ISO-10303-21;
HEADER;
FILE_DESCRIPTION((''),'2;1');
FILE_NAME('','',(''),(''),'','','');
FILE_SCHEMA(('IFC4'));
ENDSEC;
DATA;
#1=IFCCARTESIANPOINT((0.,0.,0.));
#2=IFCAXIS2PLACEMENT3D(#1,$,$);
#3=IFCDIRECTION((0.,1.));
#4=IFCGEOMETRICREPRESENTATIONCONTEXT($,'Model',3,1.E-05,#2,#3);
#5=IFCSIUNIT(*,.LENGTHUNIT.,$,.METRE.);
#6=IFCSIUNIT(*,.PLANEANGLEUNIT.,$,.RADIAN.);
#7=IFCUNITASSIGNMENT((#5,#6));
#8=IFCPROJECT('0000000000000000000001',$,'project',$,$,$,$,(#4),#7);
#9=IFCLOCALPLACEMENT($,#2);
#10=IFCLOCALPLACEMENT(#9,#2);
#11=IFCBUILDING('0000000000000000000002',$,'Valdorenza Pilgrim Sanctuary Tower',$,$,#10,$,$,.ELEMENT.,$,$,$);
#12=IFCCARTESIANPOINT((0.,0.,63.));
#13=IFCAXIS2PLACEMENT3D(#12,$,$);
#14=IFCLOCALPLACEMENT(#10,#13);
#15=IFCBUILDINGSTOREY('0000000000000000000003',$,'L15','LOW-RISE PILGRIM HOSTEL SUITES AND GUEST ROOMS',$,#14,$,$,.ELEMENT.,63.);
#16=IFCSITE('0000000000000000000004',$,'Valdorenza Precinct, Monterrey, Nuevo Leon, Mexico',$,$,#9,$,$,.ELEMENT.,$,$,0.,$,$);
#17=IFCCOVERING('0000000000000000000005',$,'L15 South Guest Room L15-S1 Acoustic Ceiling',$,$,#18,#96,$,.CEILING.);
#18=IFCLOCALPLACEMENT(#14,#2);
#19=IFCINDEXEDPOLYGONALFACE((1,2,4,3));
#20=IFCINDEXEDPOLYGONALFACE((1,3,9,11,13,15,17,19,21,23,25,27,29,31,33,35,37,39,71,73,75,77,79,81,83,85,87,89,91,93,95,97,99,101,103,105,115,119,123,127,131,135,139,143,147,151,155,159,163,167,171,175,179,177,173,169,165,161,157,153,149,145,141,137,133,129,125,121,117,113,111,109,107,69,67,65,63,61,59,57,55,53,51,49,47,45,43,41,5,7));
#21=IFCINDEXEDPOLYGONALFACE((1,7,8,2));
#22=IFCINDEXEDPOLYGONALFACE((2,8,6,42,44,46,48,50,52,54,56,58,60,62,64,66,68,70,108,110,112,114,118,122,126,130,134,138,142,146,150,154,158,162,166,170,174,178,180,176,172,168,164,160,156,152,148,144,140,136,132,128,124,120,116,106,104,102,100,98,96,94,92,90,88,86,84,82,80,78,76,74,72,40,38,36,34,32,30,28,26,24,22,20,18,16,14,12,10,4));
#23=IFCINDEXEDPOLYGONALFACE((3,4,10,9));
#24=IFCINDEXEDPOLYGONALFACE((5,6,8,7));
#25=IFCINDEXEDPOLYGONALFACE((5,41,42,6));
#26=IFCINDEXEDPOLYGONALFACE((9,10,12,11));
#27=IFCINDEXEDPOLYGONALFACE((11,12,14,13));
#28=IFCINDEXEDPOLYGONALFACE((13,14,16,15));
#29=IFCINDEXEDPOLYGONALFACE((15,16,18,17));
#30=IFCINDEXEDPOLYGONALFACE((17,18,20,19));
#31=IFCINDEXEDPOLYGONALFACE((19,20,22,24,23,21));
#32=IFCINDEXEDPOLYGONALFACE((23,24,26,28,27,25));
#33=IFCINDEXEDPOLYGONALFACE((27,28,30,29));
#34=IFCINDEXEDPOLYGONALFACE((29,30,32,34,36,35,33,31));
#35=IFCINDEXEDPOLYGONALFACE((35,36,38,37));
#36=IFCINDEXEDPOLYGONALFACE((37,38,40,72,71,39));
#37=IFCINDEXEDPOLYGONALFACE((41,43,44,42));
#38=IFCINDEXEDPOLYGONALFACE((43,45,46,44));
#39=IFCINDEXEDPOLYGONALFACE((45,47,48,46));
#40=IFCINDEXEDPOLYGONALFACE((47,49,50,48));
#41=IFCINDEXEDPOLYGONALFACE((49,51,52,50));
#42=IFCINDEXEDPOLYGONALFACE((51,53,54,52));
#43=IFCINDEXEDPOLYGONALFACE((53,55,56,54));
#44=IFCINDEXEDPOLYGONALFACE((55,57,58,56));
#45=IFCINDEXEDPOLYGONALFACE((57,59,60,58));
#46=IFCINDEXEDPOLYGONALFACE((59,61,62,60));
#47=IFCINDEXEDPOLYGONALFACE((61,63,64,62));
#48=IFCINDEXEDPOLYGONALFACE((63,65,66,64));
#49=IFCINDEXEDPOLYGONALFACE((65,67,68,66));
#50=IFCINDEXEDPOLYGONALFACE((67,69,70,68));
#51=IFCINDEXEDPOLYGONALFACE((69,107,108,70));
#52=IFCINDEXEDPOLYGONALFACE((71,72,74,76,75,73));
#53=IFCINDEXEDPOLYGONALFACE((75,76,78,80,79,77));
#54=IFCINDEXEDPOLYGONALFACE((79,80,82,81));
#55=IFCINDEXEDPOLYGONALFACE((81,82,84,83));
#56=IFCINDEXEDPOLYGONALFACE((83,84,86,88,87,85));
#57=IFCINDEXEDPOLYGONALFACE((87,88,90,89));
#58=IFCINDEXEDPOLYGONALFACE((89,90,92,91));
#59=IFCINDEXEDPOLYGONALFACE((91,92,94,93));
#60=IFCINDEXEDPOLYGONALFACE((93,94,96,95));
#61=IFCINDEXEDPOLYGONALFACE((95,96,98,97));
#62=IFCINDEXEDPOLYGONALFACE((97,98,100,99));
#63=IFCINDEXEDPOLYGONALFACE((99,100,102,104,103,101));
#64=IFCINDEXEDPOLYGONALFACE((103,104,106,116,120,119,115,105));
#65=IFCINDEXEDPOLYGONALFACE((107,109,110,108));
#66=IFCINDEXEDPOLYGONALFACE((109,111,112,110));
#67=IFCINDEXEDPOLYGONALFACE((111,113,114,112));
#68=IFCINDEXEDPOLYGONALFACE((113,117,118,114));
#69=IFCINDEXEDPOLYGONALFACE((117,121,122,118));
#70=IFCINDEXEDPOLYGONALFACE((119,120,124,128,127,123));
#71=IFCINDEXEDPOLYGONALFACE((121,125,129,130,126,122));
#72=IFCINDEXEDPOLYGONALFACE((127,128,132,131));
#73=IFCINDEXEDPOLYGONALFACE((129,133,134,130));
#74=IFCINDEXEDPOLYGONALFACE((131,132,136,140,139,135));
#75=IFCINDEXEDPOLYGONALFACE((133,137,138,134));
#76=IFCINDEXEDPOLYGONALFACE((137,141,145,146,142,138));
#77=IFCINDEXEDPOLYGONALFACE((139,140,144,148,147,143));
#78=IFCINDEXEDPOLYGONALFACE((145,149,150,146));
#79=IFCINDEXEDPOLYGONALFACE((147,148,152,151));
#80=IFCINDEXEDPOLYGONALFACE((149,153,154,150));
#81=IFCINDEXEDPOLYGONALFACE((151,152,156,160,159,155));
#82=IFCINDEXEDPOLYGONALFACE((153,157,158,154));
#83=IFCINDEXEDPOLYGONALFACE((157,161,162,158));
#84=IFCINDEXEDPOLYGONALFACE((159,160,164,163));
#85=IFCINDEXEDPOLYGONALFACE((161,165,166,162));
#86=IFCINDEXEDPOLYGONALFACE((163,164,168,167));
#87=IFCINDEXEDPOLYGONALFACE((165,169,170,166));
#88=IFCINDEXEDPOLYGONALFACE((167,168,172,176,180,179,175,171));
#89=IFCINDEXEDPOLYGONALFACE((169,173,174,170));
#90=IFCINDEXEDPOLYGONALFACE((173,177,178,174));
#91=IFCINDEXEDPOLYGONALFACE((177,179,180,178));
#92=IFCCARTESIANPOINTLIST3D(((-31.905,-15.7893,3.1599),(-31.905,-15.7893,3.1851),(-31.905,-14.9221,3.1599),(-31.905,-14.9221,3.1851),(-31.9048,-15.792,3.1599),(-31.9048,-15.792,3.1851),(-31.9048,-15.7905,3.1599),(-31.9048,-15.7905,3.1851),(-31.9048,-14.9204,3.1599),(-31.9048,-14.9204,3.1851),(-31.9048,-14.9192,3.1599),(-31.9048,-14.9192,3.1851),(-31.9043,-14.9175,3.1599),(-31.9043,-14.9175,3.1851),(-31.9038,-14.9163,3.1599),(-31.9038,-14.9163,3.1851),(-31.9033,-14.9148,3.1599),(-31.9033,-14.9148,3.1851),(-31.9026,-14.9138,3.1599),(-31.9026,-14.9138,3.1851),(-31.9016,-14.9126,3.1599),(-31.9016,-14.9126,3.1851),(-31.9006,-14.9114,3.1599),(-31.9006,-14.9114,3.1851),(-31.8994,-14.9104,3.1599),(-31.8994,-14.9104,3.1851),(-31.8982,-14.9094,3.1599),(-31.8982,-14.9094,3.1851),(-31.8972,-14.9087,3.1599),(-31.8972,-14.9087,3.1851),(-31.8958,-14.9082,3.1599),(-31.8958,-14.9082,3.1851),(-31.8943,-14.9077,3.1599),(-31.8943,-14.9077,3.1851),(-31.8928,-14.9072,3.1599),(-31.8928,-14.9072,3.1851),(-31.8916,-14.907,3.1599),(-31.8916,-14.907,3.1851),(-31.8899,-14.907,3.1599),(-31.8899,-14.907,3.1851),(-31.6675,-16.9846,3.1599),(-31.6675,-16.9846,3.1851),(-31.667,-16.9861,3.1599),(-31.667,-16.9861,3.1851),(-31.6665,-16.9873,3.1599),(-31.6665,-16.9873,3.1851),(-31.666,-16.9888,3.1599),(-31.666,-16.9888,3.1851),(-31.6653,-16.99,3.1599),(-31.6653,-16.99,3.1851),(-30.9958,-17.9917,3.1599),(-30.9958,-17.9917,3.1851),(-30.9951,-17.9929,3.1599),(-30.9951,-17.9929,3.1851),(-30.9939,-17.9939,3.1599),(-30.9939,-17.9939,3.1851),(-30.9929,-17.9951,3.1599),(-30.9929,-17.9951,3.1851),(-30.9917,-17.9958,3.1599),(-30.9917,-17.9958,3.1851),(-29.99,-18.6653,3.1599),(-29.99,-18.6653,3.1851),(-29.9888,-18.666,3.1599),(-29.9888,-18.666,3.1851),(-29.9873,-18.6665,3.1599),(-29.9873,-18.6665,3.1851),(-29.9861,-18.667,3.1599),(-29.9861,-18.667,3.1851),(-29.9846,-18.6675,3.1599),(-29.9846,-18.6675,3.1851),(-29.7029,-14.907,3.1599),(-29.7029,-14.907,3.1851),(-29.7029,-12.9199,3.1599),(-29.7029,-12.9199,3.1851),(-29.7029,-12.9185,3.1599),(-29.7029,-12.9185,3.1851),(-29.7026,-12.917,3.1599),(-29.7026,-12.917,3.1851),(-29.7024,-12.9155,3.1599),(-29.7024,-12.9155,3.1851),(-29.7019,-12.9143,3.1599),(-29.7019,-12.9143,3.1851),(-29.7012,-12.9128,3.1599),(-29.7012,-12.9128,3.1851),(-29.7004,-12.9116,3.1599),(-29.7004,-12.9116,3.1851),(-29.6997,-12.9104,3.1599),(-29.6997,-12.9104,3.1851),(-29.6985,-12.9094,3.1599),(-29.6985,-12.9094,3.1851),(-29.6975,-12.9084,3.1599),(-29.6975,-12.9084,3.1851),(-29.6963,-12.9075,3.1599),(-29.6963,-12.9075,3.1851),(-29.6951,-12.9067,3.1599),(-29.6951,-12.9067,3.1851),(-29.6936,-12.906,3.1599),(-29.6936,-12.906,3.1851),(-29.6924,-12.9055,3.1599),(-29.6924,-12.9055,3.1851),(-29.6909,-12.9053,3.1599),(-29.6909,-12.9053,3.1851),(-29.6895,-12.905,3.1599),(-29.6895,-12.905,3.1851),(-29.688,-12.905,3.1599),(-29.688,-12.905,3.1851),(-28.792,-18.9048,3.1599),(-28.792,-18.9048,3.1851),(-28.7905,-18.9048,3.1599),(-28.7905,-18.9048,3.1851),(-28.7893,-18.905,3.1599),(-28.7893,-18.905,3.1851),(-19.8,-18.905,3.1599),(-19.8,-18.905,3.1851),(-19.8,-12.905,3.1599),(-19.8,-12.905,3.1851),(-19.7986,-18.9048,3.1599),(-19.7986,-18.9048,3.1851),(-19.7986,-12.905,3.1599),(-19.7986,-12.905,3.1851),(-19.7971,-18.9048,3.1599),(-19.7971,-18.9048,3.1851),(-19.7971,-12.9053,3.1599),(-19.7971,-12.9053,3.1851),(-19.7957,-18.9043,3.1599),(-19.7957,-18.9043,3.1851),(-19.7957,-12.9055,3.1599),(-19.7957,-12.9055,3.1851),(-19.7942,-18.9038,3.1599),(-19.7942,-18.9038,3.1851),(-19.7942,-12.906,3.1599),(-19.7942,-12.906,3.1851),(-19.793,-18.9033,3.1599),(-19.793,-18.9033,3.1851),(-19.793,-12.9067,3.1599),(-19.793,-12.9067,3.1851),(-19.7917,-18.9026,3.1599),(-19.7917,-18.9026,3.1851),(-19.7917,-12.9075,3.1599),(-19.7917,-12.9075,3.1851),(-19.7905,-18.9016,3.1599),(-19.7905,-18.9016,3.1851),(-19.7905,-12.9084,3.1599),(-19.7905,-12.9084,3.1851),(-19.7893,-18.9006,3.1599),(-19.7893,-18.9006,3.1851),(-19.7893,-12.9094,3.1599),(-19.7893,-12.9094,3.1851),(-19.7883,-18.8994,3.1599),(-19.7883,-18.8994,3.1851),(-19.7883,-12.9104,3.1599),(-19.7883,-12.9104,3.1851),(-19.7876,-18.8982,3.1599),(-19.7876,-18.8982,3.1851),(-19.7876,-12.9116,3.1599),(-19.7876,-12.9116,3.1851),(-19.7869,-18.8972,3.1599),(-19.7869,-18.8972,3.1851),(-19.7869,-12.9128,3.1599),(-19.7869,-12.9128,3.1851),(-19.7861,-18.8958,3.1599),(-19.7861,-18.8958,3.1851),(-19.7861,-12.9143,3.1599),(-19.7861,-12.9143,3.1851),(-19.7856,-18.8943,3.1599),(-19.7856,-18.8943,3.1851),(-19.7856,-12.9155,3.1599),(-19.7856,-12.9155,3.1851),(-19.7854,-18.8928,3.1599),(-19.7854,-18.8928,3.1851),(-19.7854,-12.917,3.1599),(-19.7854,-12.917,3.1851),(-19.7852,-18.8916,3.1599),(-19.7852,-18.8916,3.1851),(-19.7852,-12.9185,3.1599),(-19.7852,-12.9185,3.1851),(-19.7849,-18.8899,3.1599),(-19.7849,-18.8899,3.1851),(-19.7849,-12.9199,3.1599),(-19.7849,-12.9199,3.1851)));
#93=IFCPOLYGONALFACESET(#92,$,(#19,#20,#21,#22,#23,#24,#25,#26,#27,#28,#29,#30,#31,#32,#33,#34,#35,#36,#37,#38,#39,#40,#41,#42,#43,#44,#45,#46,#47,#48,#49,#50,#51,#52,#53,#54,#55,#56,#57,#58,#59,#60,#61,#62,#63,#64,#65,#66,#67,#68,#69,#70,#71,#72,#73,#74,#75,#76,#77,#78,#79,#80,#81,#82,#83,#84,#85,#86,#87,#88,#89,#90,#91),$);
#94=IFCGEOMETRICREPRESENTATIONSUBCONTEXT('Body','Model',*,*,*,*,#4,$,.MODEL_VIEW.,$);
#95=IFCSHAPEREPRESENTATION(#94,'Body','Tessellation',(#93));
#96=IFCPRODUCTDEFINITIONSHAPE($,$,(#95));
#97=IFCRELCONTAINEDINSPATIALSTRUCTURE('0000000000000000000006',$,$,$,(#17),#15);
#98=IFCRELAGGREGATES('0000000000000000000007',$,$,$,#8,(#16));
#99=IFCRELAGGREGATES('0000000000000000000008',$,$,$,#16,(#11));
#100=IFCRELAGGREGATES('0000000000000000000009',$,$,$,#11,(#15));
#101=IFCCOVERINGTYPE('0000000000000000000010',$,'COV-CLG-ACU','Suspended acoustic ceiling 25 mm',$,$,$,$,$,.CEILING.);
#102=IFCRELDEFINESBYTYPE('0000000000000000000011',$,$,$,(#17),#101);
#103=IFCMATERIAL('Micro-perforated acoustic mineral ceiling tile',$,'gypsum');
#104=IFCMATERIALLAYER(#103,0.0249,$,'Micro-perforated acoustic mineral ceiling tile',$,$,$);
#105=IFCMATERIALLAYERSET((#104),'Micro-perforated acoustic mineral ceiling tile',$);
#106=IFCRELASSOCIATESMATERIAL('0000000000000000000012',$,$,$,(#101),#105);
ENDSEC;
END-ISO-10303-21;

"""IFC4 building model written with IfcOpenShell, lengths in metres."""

from ifc_helpers import new_model, si_unit, direction, frame, origin, place, context, subcontext, project, spatial, polyline, outline, extrude, material, layer, layer_set, type_object, element, save


model = new_model("IFC4")

# Units and contexts
model_context = context("Model", 3, precision=1e-05, world=origin(), true_north=direction((0.0, 1.0)))
body_context = subcontext(model_context, "Body", "Model", "MODEL_VIEW")
ifc_project = project(units=[si_unit("LENGTHUNIT", "METRE"), si_unit("PLANEANGLEUNIT", "RADIAN")], contexts=[model_context])

# Site, building, storey
site_placement = place(None, origin())
site = spatial("IfcSite", under=ifc_project, at=site_placement, Name="Valdorenza Precinct, Monterrey, Nuevo Leon, Mexico", CompositionType="ELEMENT", RefElevation=0.0)
building_placement = place(site_placement, origin())
building = spatial("IfcBuilding", under=site, at=building_placement, Name="Valdorenza Pilgrim Sanctuary Tower", CompositionType="ELEMENT")
storey_placement = place(building_placement, frame((0.0, 0.0, 63.0)))
storey = spatial("IfcBuildingStorey", under=building, at=storey_placement, Name="L15", Description="LOW-RISE PILGRIM HOSTEL SUITES AND GUEST ROOMS", CompositionType="ELEMENT", Elevation=63.0)

# Covering
ifc_material_1 = material(Name="Micro-perforated acoustic mineral ceiling tile", Category="gypsum")
ifc_layer_1 = layer(ifc_material_1, 0.0249, Name="Micro-perforated acoustic mineral ceiling tile")
ifc_layer_set_1 = layer_set([ifc_layer_1], Name="Micro-perforated acoustic mineral ceiling tile")
covering_type_1 = type_object("IfcCoveringType", Name="COV-CLG-ACU", Description="Suspended acoustic ceiling 25 mm", PredefinedType="CEILING", material=ifc_layer_set_1)
covering_1_placement = place(storey_placement, frame((0.0, 0.0, 3.1599)))
element("IfcCovering", 1, at=covering_1_placement, inside=storey, type_object=covering_type_1, Name="L15 South Guest Room L15-S1 Acoustic Ceiling", PredefinedType="CEILING", context=body_context, shape_type="SweptSolid", body=[
    extrude(outline(polyline([(-29.7029, -14.907), (-29.7029, -12.9199), (-29.7029, -12.9185), (-29.7026, -12.917), (-29.7024, -12.9155), (-29.7019, -12.9143), (-29.7012, -12.9128), (-29.7004, -12.9116), (-29.6997, -12.9104), (-29.6985, -12.9094), (-29.6975, -12.9084), (-29.6963, -12.9075), (-29.6951, -12.9067), (-29.6936, -12.906), (-29.6924, -12.9055), (-29.6909, -12.9053), (-29.6895, -12.905), (-29.688, -12.905), (-19.8, -12.905), (-19.7986, -12.905), (-19.7971, -12.9053), (-19.7957, -12.9055), (-19.7942, -12.906), (-19.793, -12.9067), (-19.7917, -12.9075), (-19.7905, -12.9084), (-19.7893, -12.9094), (-19.7883, -12.9104), (-19.7876, -12.9116), (-19.7869, -12.9128), (-19.7861, -12.9143), (-19.7856, -12.9155), (-19.7854, -12.917), (-19.7852, -12.9185), (-19.7849, -12.9199), (-19.7849, -18.8899), (-19.7852, -18.8916), (-19.7854, -18.8928), (-19.7856, -18.8943), (-19.7861, -18.8958), (-19.7869, -18.8972), (-19.7876, -18.8982), (-19.7883, -18.8994), (-19.7893, -18.9006), (-19.7905, -18.9016), (-19.7917, -18.9026), (-19.793, -18.9033), (-19.7942, -18.9038), (-19.7957, -18.9043), (-19.7971, -18.9048), (-19.7986, -18.9048), (-19.8, -18.905), (-28.7893, -18.905), (-28.7905, -18.9048), (-28.792, -18.9048), (-29.9846, -18.6675), (-29.9861, -18.667), (-29.9873, -18.6665), (-29.9888, -18.666), (-29.99, -18.6653), (-30.9917, -17.9958), (-30.9929, -17.9951), (-30.9939, -17.9939), (-30.9951, -17.9929), (-30.9958, -17.9917), (-31.6653, -16.99), (-31.666, -16.9888), (-31.6665, -16.9873), (-31.667, -16.9861), (-31.6675, -16.9846), (-31.9048, -15.792), (-31.9048, -15.7905), (-31.905, -15.7893), (-31.905, -14.9221), (-31.9048, -14.9204), (-31.9048, -14.9192), (-31.9043, -14.9175), (-31.9038, -14.9163), (-31.9033, -14.9148), (-31.9026, -14.9138), (-31.9016, -14.9126), (-31.9006, -14.9114), (-31.8994, -14.9104), (-31.8982, -14.9094), (-31.8972, -14.9087), (-31.8958, -14.9082), (-31.8943, -14.9077), (-31.8928, -14.9072), (-31.8916, -14.907), (-31.8899, -14.907), (-29.7029, -14.907)])), origin(), (0.0, 0.0, 1.0), 0.0251),
])

save(model, "model.ifc")
